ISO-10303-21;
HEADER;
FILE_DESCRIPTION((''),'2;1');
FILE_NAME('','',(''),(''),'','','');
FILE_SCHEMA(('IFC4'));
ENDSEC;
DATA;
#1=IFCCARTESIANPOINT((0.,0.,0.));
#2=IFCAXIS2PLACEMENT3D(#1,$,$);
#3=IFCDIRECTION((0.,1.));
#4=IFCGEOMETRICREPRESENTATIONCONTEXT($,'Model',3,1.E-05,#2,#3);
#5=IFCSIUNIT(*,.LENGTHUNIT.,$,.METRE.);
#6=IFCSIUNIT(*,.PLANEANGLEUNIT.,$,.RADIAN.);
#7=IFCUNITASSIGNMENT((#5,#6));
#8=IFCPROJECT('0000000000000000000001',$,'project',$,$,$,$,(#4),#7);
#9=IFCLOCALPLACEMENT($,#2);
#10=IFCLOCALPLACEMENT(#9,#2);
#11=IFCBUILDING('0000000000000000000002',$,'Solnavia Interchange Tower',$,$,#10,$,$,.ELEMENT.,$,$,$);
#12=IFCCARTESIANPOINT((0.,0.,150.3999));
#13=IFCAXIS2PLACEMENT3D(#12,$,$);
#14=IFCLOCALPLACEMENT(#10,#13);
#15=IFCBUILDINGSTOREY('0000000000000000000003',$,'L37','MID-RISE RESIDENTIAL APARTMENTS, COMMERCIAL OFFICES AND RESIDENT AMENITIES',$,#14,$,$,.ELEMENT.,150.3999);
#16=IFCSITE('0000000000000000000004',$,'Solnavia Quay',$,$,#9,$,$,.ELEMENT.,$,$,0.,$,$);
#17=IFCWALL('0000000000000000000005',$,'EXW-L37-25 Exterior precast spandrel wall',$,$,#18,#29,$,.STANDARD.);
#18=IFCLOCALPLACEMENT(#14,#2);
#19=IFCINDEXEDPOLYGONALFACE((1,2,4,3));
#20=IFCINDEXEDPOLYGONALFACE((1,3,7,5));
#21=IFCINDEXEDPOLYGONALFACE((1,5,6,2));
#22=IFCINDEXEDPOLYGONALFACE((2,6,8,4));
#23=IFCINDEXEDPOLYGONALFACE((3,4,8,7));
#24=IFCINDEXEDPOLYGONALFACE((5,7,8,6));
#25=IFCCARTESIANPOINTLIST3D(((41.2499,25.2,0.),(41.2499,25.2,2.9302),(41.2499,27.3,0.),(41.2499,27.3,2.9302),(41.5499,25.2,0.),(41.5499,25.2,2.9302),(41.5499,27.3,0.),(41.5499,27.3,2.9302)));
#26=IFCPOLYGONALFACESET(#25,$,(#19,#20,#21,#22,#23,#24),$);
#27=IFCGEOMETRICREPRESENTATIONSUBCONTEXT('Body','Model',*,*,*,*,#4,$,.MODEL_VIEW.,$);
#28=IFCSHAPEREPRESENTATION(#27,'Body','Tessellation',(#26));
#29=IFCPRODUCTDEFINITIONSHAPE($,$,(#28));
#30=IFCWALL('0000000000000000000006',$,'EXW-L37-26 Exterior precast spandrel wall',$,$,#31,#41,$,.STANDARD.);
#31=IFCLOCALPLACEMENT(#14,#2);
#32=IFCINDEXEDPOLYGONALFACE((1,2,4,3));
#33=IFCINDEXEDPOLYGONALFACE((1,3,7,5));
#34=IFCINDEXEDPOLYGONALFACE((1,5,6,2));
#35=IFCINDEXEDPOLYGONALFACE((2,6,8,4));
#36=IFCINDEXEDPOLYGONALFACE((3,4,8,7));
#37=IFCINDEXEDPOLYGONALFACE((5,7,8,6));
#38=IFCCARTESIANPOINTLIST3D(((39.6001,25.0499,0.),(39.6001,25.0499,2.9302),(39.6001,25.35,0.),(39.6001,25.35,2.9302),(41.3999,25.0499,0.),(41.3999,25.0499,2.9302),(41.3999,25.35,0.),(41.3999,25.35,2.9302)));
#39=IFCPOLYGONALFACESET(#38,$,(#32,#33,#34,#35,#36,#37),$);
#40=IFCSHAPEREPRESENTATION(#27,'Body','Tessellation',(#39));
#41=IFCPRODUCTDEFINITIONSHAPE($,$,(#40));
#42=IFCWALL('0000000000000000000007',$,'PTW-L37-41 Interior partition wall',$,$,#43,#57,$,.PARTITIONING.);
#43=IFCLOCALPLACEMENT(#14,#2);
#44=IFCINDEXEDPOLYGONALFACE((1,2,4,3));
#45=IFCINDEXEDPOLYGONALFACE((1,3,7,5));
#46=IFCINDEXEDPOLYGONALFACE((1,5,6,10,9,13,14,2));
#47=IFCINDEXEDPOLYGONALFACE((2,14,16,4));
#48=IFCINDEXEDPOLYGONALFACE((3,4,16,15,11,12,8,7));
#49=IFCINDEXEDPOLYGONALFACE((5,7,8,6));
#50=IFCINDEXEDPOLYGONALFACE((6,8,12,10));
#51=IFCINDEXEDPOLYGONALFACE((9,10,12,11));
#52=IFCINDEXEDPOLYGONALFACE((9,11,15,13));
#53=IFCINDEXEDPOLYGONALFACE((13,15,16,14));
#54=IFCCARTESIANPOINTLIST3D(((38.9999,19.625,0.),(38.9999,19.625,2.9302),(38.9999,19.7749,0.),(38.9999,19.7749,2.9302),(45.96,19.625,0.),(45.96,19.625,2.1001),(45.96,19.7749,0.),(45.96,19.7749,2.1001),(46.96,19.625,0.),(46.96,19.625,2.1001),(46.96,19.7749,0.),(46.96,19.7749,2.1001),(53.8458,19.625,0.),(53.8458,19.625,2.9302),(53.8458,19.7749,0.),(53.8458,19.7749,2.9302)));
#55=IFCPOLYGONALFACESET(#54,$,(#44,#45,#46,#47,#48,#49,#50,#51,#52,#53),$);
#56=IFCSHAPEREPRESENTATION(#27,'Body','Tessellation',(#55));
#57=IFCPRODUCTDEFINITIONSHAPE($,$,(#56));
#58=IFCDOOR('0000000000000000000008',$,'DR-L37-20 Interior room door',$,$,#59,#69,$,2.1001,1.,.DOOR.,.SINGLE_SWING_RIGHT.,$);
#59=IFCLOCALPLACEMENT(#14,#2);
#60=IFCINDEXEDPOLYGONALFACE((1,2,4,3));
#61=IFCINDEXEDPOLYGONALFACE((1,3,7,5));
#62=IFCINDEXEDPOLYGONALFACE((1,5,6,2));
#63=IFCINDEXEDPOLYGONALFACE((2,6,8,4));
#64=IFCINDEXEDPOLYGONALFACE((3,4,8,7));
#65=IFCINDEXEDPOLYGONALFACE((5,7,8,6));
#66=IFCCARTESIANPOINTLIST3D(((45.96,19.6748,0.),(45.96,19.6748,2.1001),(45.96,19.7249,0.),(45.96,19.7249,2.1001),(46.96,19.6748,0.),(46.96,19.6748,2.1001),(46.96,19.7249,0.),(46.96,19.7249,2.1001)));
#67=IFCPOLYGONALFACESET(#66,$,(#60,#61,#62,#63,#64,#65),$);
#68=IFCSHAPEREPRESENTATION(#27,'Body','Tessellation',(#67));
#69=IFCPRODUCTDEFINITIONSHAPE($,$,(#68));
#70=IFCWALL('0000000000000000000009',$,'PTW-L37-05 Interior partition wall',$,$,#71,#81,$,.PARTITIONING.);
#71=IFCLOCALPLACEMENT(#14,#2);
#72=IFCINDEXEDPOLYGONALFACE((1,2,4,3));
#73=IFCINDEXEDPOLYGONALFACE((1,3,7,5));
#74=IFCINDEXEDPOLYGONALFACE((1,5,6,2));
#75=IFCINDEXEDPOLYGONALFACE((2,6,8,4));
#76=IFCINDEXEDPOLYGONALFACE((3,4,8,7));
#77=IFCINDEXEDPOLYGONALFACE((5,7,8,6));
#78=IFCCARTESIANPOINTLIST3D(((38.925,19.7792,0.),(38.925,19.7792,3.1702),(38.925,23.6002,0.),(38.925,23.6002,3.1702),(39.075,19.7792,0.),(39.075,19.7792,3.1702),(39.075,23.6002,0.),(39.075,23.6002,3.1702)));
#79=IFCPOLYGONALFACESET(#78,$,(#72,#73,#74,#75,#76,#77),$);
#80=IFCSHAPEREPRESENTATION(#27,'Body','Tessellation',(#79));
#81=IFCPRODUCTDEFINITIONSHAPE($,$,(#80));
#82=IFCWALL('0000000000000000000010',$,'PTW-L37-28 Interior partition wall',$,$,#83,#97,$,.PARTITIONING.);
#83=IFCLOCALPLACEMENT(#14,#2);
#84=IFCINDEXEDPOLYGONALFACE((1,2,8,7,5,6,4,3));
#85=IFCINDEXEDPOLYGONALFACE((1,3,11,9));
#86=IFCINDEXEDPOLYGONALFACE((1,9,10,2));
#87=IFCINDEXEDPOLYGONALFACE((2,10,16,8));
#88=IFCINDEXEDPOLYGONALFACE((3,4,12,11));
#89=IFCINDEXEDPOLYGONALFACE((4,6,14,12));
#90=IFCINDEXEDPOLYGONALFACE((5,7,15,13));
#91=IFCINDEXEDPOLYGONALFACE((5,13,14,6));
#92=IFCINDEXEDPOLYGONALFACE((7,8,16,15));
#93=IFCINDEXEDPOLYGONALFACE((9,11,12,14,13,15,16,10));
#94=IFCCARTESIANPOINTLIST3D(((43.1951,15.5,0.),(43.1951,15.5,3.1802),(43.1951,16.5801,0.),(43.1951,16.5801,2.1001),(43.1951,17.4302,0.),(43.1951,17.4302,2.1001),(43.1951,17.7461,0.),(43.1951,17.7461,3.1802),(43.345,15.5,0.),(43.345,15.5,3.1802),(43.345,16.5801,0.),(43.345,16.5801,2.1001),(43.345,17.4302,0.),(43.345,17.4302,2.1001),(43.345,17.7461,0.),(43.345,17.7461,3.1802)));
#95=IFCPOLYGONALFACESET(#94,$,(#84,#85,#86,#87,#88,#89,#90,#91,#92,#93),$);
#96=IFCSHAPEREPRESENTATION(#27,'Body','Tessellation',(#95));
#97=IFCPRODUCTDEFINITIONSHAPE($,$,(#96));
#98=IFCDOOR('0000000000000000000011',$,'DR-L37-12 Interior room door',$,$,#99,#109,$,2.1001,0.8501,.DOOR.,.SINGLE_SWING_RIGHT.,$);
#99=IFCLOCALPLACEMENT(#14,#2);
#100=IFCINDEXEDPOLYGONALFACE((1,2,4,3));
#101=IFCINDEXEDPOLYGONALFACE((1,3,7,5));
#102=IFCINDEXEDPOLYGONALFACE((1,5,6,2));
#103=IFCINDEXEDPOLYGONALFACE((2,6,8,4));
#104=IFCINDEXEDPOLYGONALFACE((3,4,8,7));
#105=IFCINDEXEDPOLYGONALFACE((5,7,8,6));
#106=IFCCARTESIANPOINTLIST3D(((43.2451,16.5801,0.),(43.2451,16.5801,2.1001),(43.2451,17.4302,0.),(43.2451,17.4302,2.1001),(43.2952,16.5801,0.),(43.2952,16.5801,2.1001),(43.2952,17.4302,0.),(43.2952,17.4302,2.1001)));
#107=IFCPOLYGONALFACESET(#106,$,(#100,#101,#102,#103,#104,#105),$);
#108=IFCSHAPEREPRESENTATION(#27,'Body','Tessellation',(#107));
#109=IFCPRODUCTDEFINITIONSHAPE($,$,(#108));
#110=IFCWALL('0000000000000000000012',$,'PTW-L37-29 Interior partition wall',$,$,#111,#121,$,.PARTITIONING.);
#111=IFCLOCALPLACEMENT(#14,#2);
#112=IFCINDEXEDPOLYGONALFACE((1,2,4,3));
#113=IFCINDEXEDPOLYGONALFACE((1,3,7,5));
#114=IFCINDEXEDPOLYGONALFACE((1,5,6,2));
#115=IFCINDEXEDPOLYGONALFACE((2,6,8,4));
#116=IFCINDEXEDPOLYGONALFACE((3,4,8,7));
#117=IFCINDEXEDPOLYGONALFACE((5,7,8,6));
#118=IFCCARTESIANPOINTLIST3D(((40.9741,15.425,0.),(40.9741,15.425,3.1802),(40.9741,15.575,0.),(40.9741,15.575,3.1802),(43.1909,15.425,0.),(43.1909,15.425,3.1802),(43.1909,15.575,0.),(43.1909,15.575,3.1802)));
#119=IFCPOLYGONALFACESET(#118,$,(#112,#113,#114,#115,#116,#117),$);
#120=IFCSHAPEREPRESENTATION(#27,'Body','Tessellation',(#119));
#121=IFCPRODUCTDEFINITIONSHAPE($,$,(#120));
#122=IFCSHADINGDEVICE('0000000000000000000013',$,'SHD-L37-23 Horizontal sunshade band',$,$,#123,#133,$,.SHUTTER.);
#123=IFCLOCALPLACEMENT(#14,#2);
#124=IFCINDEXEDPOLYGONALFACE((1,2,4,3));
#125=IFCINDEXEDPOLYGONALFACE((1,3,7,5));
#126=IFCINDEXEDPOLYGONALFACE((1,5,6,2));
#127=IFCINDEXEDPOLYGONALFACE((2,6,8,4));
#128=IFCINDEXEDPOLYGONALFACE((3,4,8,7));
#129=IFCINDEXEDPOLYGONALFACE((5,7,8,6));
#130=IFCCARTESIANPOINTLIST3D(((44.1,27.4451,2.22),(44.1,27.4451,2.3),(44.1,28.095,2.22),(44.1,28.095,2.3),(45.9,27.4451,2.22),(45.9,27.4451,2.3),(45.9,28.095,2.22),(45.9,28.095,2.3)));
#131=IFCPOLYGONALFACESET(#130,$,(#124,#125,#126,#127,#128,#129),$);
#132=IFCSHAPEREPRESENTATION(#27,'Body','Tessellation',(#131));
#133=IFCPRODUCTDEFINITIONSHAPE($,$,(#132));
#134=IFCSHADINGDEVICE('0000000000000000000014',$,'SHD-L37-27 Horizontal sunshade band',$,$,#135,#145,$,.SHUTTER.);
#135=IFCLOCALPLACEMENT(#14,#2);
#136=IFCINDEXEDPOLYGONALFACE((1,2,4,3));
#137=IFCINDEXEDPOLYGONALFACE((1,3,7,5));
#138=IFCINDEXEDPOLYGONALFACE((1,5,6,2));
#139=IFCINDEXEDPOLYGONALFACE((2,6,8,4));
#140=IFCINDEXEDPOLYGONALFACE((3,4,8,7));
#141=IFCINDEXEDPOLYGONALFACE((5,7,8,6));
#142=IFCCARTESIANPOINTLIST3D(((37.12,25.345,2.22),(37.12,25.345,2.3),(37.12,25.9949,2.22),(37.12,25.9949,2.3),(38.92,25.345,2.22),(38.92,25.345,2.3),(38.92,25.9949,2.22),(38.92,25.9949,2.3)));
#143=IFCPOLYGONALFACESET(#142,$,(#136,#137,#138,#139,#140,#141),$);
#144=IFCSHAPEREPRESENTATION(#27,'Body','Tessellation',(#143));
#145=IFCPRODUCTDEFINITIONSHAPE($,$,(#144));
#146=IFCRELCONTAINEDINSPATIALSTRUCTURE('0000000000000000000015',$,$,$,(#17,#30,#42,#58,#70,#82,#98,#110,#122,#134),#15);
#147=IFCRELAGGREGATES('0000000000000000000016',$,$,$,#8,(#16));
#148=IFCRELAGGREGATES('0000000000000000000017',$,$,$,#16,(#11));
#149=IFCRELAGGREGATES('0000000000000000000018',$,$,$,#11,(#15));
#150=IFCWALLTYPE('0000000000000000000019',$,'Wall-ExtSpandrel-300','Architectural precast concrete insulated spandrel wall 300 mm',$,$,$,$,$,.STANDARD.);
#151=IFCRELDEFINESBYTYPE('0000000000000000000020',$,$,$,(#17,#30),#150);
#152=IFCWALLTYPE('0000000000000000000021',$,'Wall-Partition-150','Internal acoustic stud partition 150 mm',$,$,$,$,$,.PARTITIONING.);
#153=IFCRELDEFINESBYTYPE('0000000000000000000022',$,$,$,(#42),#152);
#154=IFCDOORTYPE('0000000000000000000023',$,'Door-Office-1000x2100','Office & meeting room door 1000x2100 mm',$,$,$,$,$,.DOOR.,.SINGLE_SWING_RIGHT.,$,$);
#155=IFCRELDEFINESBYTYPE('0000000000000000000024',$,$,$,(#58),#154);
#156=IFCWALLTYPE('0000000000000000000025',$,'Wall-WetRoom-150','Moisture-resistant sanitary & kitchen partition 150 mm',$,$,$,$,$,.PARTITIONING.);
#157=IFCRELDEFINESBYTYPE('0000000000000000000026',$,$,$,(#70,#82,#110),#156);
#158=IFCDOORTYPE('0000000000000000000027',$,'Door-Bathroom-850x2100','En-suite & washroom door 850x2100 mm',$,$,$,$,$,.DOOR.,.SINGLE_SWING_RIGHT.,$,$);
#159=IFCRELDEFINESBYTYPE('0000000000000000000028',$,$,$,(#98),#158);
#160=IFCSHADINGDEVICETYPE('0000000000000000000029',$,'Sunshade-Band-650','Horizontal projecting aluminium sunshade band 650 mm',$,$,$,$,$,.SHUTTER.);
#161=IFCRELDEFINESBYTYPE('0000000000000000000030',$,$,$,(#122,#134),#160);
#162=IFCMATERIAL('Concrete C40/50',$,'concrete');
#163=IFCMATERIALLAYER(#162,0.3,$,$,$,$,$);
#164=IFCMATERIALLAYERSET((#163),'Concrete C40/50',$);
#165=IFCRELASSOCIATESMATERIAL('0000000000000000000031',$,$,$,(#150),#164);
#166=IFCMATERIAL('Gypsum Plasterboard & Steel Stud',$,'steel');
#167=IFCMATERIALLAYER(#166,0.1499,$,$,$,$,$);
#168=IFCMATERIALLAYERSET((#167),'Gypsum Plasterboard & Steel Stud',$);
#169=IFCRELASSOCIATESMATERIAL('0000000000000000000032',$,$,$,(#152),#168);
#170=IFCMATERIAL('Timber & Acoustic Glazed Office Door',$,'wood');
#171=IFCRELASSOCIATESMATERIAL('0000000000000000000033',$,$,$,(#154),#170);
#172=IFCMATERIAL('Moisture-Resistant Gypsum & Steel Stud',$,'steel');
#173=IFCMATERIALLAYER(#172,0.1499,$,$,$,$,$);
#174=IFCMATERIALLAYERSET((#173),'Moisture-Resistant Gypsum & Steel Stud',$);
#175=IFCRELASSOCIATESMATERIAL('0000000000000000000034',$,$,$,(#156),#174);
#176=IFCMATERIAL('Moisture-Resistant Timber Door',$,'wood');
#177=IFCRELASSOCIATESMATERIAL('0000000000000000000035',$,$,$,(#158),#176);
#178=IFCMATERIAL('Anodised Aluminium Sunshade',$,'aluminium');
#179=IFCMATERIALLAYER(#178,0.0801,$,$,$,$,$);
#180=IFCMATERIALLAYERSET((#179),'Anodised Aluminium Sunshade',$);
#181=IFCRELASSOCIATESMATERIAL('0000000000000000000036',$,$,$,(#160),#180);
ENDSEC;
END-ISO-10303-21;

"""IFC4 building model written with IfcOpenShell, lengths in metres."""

from ifc_helpers import new_model, si_unit, direction, frame, frame_2d, origin, origin_2d, place, context, subcontext, project, spatial, rectangle, extrude, material, layer, layer_set, type_object, element, fill, save


model = new_model("IFC4")

# Units and contexts
model_context = context("Model", 3, precision=1e-05, world=origin(), true_north=direction((0.0, 1.0)))
body_context = subcontext(model_context, "Body", "Model", "MODEL_VIEW")
ifc_project = project(units=[si_unit("LENGTHUNIT", "METRE"), si_unit("PLANEANGLEUNIT", "RADIAN")], contexts=[model_context])

# Site, building, storey
site_placement = place(None, origin())
site = spatial("IfcSite", under=ifc_project, at=site_placement, Name="Solnavia Quay", CompositionType="ELEMENT", RefElevation=0.0)
building_placement = place(site_placement, origin())
building = spatial("IfcBuilding", under=site, at=building_placement, Name="Solnavia Interchange Tower", CompositionType="ELEMENT")
storey_placement = place(building_placement, frame((0.0, 0.0, 150.3999)))
storey = spatial("IfcBuildingStorey", under=building, at=storey_placement, Name="L37", Description="MID-RISE RESIDENTIAL APARTMENTS, COMMERCIAL OFFICES AND RESIDENT AMENITIES", CompositionType="ELEMENT", Elevation=150.3999)

# Shared definitions
ifc_material_1 = material(Name="Concrete C40/50", Category="concrete")
ifc_layer_1 = layer(ifc_material_1, 0.3)
ifc_layer_set_1 = layer_set([ifc_layer_1], Name="Concrete C40/50")
wall_type_1 = type_object("IfcWallType", Name="Wall-ExtSpandrel-300", Description="Architectural precast concrete insulated spandrel wall 300 mm", PredefinedType="STANDARD", material=ifc_layer_set_1)

# Walls
wall_1_placement = place(storey_placement, frame((41.3999, 27.3, 0.0), z_axis=(0.0, 0.0, 1.0), x_axis=(0.0, -1.0, 0.0)))
element("IfcWall", 1, at=wall_1_placement, inside=storey, type_object=wall_type_1, Name="EXW-L37-25 Exterior precast spandrel wall", PredefinedType="STANDARD", context=body_context, shape_type="SweptSolid", body=[
    extrude(rectangle(XDim=2.1001, YDim=0.3, at=frame_2d((1.05, 0.0))), origin(), (0.0, 0.0, 1.0), 2.9302),
])
wall_2_placement = place(storey_placement, frame((39.6001, 25.2, 0.0), z_axis=(0.0, 0.0, 1.0), x_axis=(1.0, 0.0, 0.0)))
element("IfcWall", 2, at=wall_2_placement, inside=storey, type_object=wall_type_1, Name="EXW-L37-26 Exterior precast spandrel wall", PredefinedType="STANDARD", context=body_context, shape_type="SweptSolid", body=[
    extrude(rectangle(XDim=1.7998, YDim=0.3, at=frame_2d((0.8999, 0.0))), origin(), (0.0, 0.0, 1.0), 2.9302),
])

# Wall, opening, door
ifc_material_2 = material(Name="Gypsum Plasterboard & Steel Stud", Category="steel")
ifc_layer_2 = layer(ifc_material_2, 0.1499)
ifc_layer_set_2 = layer_set([ifc_layer_2], Name="Gypsum Plasterboard & Steel Stud")
wall_type_2 = type_object("IfcWallType", Name="Wall-Partition-150", Description="Internal acoustic stud partition 150 mm", PredefinedType="PARTITIONING", material=ifc_layer_set_2)
wall_3_placement = place(storey_placement, frame((39.0, 19.7, 0.0), z_axis=(0.0, 0.0, 1.0), x_axis=(1.0, 0.0, 0.0)))
wall_3 = element("IfcWall", 3, at=wall_3_placement, inside=storey, type_object=wall_type_2, Name="PTW-L37-41 Interior partition wall", PredefinedType="PARTITIONING", context=body_context, shape_type="SweptSolid", body=[
    extrude(rectangle(XDim=14.8459, YDim=0.1499, at=frame_2d((7.4229, 0.0))), origin(), (0.0, 0.0, 1.0), 2.9302),
])
opening_1_placement = place(wall_3_placement, frame((6.96, 0.0, 0.0)))
opening_1 = element("IfcOpeningElement", 4, at=opening_1_placement, cuts=wall_3, PredefinedType="OPENING", context=body_context, shape_type="SweptSolid", body=[
    extrude(rectangle(XDim=1.0, YDim=2.1001, at=frame_2d((0.5, 1.05))), frame((0.0, 0.085, 0.0), z_axis=(0.0, -1.0, 0.0), x_axis=(1.0, 0.0, 0.0)), (0.0, 0.0, 1.0), 0.1699),
])
ifc_material_3 = material(Name="Timber & Acoustic Glazed Office Door", Category="wood")
door_type_1 = type_object("IfcDoorType", Name="Door-Office-1000x2100", Description="Office & meeting room door 1000x2100 mm", OperationType="SINGLE_SWING_RIGHT", PredefinedType="DOOR", material=ifc_material_3)
door_1_placement = place(opening_1_placement, origin())
door_1 = element("IfcDoor", 5, at=door_1_placement, inside=storey, type_object=door_type_1, Name="DR-L37-20 Interior room door", OperationType="SINGLE_SWING_RIGHT", OverallHeight=2.1001, OverallWidth=1.0, PredefinedType="DOOR", context=body_context, shape_type="SweptSolid", body=[
    extrude(rectangle(XDim=1.0, YDim=2.1001, at=frame_2d((0.5, 1.05))), frame((0.0, 0.0249, 0.0), z_axis=(0.0, -1.0, 0.0), x_axis=(1.0, 0.0, 0.0)), (0.0, 0.0, 1.0), 0.05),
])
fill(opening_1, door_1)

# Wall
ifc_material_4 = material(Name="Moisture-Resistant Gypsum & Steel Stud", Category="steel")
ifc_layer_3 = layer(ifc_material_4, 0.1499)
ifc_layer_set_3 = layer_set([ifc_layer_3], Name="Moisture-Resistant Gypsum & Steel Stud")
wall_type_3 = type_object("IfcWallType", Name="Wall-WetRoom-150", Description="Moisture-resistant sanitary & kitchen partition 150 mm", PredefinedType="PARTITIONING", material=ifc_layer_set_3)
wall_4_placement = place(storey_placement, frame((39.0, 19.7791, 0.0), z_axis=(0.0, 0.0, 1.0), x_axis=(0.0, 1.0, 0.0)))
element("IfcWall", 6, at=wall_4_placement, inside=storey, type_object=wall_type_3, Name="PTW-L37-05 Interior partition wall", PredefinedType="PARTITIONING", context=body_context, shape_type="SweptSolid", body=[
    extrude(rectangle(XDim=3.821, YDim=0.1499, at=frame_2d((1.9106, 0.0))), origin(), (0.0, 0.0, 1.0), 3.1702),
])

# Wall, opening, door
wall_5_placement = place(storey_placement, frame((43.27, 15.5, 0.0), z_axis=(0.0, 0.0, 1.0), x_axis=(0.0, 1.0, 0.0)))
wall_5 = element("IfcWall", 7, at=wall_5_placement, inside=storey, type_object=wall_type_3, Name="PTW-L37-28 Interior partition wall", PredefinedType="PARTITIONING", context=body_context, shape_type="SweptSolid", body=[
    extrude(rectangle(XDim=2.2461, YDim=0.1499, at=frame_2d((1.123, 0.0))), origin(), (0.0, 0.0, 1.0), 3.1802),
])
opening_2_placement = place(wall_5_placement, frame((1.0801, 0.0, 0.0)))
opening_2 = element("IfcOpeningElement", 8, at=opening_2_placement, cuts=wall_5, PredefinedType="OPENING", context=body_context, shape_type="SweptSolid", body=[
    extrude(rectangle(XDim=0.8501, YDim=2.1001, at=frame_2d((0.425, 1.05))), frame((0.0, 0.085, 0.0), z_axis=(0.0, -1.0, 0.0), x_axis=(1.0, 0.0, 0.0)), (0.0, 0.0, 1.0), 0.1699),
])
ifc_material_5 = material(Name="Moisture-Resistant Timber Door", Category="wood")
door_type_2 = type_object("IfcDoorType", Name="Door-Bathroom-850x2100", Description="En-suite & washroom door 850x2100 mm", OperationType="SINGLE_SWING_RIGHT", PredefinedType="DOOR", material=ifc_material_5)
door_2_placement = place(opening_2_placement, origin())
door_2 = element("IfcDoor", 9, at=door_2_placement, inside=storey, type_object=door_type_2, Name="DR-L37-12 Interior room door", OperationType="SINGLE_SWING_RIGHT", OverallHeight=2.1001, OverallWidth=0.8501, PredefinedType="DOOR", context=body_context, shape_type="SweptSolid", body=[
    extrude(rectangle(XDim=0.8501, YDim=2.1001, at=frame_2d((0.425, 1.05))), frame((0.0, 0.0249, 0.0), z_axis=(0.0, -1.0, 0.0), x_axis=(1.0, 0.0, 0.0)), (0.0, 0.0, 1.0), 0.05),
])
fill(opening_2, door_2)

# Wall
wall_6_placement = place(storey_placement, frame((40.9741, 15.5, 0.0), z_axis=(0.0, 0.0, 1.0), x_axis=(1.0, 0.0, 0.0)))
element("IfcWall", 10, at=wall_6_placement, inside=storey, type_object=wall_type_3, Name="PTW-L37-29 Interior partition wall", PredefinedType="PARTITIONING", context=body_context, shape_type="SweptSolid", body=[
    extrude(rectangle(XDim=2.2168, YDim=0.1499, at=frame_2d((1.1084, 0.0))), origin(), (0.0, 0.0, 1.0), 3.1802),
])

# Shading devices
ifc_material_6 = material(Name="Anodised Aluminium Sunshade", Category="aluminium")
ifc_layer_4 = layer(ifc_material_6, 0.0801)
ifc_layer_set_4 = layer_set([ifc_layer_4], Name="Anodised Aluminium Sunshade")
shading_device_type = type_object("IfcShadingDeviceType", Name="Sunshade-Band-650", Description="Horizontal projecting aluminium sunshade band 650 mm", PredefinedType="SHUTTER", material=ifc_layer_set_4)
for number, where, z_axis, x_axis, name in (
    (11, (45.0, 27.77, 2.22), (0.0, 0.0, 1.0), (1.0, 0.0, 0.0), "SHD-L37-23 Horizontal sunshade band"),
    (12, (38.02, 25.6699, 2.22), (0.0, 0.0, 1.0), (1.0, 0.0, 0.0), "SHD-L37-27 Horizontal sunshade band"),
):
    element("IfcShadingDevice", number, at=place(storey_placement, frame(where, z_axis=z_axis, x_axis=x_axis)), inside=storey, type_object=shading_device_type, Name=name, PredefinedType="SHUTTER", context=body_context, shape_type="SweptSolid", body=[
        extrude(rectangle(XDim=1.8, YDim=0.6499, at=origin_2d()), origin(), (0.0, 0.0, 1.0), 0.0801),
    ])

save(model, "model.ifc")
